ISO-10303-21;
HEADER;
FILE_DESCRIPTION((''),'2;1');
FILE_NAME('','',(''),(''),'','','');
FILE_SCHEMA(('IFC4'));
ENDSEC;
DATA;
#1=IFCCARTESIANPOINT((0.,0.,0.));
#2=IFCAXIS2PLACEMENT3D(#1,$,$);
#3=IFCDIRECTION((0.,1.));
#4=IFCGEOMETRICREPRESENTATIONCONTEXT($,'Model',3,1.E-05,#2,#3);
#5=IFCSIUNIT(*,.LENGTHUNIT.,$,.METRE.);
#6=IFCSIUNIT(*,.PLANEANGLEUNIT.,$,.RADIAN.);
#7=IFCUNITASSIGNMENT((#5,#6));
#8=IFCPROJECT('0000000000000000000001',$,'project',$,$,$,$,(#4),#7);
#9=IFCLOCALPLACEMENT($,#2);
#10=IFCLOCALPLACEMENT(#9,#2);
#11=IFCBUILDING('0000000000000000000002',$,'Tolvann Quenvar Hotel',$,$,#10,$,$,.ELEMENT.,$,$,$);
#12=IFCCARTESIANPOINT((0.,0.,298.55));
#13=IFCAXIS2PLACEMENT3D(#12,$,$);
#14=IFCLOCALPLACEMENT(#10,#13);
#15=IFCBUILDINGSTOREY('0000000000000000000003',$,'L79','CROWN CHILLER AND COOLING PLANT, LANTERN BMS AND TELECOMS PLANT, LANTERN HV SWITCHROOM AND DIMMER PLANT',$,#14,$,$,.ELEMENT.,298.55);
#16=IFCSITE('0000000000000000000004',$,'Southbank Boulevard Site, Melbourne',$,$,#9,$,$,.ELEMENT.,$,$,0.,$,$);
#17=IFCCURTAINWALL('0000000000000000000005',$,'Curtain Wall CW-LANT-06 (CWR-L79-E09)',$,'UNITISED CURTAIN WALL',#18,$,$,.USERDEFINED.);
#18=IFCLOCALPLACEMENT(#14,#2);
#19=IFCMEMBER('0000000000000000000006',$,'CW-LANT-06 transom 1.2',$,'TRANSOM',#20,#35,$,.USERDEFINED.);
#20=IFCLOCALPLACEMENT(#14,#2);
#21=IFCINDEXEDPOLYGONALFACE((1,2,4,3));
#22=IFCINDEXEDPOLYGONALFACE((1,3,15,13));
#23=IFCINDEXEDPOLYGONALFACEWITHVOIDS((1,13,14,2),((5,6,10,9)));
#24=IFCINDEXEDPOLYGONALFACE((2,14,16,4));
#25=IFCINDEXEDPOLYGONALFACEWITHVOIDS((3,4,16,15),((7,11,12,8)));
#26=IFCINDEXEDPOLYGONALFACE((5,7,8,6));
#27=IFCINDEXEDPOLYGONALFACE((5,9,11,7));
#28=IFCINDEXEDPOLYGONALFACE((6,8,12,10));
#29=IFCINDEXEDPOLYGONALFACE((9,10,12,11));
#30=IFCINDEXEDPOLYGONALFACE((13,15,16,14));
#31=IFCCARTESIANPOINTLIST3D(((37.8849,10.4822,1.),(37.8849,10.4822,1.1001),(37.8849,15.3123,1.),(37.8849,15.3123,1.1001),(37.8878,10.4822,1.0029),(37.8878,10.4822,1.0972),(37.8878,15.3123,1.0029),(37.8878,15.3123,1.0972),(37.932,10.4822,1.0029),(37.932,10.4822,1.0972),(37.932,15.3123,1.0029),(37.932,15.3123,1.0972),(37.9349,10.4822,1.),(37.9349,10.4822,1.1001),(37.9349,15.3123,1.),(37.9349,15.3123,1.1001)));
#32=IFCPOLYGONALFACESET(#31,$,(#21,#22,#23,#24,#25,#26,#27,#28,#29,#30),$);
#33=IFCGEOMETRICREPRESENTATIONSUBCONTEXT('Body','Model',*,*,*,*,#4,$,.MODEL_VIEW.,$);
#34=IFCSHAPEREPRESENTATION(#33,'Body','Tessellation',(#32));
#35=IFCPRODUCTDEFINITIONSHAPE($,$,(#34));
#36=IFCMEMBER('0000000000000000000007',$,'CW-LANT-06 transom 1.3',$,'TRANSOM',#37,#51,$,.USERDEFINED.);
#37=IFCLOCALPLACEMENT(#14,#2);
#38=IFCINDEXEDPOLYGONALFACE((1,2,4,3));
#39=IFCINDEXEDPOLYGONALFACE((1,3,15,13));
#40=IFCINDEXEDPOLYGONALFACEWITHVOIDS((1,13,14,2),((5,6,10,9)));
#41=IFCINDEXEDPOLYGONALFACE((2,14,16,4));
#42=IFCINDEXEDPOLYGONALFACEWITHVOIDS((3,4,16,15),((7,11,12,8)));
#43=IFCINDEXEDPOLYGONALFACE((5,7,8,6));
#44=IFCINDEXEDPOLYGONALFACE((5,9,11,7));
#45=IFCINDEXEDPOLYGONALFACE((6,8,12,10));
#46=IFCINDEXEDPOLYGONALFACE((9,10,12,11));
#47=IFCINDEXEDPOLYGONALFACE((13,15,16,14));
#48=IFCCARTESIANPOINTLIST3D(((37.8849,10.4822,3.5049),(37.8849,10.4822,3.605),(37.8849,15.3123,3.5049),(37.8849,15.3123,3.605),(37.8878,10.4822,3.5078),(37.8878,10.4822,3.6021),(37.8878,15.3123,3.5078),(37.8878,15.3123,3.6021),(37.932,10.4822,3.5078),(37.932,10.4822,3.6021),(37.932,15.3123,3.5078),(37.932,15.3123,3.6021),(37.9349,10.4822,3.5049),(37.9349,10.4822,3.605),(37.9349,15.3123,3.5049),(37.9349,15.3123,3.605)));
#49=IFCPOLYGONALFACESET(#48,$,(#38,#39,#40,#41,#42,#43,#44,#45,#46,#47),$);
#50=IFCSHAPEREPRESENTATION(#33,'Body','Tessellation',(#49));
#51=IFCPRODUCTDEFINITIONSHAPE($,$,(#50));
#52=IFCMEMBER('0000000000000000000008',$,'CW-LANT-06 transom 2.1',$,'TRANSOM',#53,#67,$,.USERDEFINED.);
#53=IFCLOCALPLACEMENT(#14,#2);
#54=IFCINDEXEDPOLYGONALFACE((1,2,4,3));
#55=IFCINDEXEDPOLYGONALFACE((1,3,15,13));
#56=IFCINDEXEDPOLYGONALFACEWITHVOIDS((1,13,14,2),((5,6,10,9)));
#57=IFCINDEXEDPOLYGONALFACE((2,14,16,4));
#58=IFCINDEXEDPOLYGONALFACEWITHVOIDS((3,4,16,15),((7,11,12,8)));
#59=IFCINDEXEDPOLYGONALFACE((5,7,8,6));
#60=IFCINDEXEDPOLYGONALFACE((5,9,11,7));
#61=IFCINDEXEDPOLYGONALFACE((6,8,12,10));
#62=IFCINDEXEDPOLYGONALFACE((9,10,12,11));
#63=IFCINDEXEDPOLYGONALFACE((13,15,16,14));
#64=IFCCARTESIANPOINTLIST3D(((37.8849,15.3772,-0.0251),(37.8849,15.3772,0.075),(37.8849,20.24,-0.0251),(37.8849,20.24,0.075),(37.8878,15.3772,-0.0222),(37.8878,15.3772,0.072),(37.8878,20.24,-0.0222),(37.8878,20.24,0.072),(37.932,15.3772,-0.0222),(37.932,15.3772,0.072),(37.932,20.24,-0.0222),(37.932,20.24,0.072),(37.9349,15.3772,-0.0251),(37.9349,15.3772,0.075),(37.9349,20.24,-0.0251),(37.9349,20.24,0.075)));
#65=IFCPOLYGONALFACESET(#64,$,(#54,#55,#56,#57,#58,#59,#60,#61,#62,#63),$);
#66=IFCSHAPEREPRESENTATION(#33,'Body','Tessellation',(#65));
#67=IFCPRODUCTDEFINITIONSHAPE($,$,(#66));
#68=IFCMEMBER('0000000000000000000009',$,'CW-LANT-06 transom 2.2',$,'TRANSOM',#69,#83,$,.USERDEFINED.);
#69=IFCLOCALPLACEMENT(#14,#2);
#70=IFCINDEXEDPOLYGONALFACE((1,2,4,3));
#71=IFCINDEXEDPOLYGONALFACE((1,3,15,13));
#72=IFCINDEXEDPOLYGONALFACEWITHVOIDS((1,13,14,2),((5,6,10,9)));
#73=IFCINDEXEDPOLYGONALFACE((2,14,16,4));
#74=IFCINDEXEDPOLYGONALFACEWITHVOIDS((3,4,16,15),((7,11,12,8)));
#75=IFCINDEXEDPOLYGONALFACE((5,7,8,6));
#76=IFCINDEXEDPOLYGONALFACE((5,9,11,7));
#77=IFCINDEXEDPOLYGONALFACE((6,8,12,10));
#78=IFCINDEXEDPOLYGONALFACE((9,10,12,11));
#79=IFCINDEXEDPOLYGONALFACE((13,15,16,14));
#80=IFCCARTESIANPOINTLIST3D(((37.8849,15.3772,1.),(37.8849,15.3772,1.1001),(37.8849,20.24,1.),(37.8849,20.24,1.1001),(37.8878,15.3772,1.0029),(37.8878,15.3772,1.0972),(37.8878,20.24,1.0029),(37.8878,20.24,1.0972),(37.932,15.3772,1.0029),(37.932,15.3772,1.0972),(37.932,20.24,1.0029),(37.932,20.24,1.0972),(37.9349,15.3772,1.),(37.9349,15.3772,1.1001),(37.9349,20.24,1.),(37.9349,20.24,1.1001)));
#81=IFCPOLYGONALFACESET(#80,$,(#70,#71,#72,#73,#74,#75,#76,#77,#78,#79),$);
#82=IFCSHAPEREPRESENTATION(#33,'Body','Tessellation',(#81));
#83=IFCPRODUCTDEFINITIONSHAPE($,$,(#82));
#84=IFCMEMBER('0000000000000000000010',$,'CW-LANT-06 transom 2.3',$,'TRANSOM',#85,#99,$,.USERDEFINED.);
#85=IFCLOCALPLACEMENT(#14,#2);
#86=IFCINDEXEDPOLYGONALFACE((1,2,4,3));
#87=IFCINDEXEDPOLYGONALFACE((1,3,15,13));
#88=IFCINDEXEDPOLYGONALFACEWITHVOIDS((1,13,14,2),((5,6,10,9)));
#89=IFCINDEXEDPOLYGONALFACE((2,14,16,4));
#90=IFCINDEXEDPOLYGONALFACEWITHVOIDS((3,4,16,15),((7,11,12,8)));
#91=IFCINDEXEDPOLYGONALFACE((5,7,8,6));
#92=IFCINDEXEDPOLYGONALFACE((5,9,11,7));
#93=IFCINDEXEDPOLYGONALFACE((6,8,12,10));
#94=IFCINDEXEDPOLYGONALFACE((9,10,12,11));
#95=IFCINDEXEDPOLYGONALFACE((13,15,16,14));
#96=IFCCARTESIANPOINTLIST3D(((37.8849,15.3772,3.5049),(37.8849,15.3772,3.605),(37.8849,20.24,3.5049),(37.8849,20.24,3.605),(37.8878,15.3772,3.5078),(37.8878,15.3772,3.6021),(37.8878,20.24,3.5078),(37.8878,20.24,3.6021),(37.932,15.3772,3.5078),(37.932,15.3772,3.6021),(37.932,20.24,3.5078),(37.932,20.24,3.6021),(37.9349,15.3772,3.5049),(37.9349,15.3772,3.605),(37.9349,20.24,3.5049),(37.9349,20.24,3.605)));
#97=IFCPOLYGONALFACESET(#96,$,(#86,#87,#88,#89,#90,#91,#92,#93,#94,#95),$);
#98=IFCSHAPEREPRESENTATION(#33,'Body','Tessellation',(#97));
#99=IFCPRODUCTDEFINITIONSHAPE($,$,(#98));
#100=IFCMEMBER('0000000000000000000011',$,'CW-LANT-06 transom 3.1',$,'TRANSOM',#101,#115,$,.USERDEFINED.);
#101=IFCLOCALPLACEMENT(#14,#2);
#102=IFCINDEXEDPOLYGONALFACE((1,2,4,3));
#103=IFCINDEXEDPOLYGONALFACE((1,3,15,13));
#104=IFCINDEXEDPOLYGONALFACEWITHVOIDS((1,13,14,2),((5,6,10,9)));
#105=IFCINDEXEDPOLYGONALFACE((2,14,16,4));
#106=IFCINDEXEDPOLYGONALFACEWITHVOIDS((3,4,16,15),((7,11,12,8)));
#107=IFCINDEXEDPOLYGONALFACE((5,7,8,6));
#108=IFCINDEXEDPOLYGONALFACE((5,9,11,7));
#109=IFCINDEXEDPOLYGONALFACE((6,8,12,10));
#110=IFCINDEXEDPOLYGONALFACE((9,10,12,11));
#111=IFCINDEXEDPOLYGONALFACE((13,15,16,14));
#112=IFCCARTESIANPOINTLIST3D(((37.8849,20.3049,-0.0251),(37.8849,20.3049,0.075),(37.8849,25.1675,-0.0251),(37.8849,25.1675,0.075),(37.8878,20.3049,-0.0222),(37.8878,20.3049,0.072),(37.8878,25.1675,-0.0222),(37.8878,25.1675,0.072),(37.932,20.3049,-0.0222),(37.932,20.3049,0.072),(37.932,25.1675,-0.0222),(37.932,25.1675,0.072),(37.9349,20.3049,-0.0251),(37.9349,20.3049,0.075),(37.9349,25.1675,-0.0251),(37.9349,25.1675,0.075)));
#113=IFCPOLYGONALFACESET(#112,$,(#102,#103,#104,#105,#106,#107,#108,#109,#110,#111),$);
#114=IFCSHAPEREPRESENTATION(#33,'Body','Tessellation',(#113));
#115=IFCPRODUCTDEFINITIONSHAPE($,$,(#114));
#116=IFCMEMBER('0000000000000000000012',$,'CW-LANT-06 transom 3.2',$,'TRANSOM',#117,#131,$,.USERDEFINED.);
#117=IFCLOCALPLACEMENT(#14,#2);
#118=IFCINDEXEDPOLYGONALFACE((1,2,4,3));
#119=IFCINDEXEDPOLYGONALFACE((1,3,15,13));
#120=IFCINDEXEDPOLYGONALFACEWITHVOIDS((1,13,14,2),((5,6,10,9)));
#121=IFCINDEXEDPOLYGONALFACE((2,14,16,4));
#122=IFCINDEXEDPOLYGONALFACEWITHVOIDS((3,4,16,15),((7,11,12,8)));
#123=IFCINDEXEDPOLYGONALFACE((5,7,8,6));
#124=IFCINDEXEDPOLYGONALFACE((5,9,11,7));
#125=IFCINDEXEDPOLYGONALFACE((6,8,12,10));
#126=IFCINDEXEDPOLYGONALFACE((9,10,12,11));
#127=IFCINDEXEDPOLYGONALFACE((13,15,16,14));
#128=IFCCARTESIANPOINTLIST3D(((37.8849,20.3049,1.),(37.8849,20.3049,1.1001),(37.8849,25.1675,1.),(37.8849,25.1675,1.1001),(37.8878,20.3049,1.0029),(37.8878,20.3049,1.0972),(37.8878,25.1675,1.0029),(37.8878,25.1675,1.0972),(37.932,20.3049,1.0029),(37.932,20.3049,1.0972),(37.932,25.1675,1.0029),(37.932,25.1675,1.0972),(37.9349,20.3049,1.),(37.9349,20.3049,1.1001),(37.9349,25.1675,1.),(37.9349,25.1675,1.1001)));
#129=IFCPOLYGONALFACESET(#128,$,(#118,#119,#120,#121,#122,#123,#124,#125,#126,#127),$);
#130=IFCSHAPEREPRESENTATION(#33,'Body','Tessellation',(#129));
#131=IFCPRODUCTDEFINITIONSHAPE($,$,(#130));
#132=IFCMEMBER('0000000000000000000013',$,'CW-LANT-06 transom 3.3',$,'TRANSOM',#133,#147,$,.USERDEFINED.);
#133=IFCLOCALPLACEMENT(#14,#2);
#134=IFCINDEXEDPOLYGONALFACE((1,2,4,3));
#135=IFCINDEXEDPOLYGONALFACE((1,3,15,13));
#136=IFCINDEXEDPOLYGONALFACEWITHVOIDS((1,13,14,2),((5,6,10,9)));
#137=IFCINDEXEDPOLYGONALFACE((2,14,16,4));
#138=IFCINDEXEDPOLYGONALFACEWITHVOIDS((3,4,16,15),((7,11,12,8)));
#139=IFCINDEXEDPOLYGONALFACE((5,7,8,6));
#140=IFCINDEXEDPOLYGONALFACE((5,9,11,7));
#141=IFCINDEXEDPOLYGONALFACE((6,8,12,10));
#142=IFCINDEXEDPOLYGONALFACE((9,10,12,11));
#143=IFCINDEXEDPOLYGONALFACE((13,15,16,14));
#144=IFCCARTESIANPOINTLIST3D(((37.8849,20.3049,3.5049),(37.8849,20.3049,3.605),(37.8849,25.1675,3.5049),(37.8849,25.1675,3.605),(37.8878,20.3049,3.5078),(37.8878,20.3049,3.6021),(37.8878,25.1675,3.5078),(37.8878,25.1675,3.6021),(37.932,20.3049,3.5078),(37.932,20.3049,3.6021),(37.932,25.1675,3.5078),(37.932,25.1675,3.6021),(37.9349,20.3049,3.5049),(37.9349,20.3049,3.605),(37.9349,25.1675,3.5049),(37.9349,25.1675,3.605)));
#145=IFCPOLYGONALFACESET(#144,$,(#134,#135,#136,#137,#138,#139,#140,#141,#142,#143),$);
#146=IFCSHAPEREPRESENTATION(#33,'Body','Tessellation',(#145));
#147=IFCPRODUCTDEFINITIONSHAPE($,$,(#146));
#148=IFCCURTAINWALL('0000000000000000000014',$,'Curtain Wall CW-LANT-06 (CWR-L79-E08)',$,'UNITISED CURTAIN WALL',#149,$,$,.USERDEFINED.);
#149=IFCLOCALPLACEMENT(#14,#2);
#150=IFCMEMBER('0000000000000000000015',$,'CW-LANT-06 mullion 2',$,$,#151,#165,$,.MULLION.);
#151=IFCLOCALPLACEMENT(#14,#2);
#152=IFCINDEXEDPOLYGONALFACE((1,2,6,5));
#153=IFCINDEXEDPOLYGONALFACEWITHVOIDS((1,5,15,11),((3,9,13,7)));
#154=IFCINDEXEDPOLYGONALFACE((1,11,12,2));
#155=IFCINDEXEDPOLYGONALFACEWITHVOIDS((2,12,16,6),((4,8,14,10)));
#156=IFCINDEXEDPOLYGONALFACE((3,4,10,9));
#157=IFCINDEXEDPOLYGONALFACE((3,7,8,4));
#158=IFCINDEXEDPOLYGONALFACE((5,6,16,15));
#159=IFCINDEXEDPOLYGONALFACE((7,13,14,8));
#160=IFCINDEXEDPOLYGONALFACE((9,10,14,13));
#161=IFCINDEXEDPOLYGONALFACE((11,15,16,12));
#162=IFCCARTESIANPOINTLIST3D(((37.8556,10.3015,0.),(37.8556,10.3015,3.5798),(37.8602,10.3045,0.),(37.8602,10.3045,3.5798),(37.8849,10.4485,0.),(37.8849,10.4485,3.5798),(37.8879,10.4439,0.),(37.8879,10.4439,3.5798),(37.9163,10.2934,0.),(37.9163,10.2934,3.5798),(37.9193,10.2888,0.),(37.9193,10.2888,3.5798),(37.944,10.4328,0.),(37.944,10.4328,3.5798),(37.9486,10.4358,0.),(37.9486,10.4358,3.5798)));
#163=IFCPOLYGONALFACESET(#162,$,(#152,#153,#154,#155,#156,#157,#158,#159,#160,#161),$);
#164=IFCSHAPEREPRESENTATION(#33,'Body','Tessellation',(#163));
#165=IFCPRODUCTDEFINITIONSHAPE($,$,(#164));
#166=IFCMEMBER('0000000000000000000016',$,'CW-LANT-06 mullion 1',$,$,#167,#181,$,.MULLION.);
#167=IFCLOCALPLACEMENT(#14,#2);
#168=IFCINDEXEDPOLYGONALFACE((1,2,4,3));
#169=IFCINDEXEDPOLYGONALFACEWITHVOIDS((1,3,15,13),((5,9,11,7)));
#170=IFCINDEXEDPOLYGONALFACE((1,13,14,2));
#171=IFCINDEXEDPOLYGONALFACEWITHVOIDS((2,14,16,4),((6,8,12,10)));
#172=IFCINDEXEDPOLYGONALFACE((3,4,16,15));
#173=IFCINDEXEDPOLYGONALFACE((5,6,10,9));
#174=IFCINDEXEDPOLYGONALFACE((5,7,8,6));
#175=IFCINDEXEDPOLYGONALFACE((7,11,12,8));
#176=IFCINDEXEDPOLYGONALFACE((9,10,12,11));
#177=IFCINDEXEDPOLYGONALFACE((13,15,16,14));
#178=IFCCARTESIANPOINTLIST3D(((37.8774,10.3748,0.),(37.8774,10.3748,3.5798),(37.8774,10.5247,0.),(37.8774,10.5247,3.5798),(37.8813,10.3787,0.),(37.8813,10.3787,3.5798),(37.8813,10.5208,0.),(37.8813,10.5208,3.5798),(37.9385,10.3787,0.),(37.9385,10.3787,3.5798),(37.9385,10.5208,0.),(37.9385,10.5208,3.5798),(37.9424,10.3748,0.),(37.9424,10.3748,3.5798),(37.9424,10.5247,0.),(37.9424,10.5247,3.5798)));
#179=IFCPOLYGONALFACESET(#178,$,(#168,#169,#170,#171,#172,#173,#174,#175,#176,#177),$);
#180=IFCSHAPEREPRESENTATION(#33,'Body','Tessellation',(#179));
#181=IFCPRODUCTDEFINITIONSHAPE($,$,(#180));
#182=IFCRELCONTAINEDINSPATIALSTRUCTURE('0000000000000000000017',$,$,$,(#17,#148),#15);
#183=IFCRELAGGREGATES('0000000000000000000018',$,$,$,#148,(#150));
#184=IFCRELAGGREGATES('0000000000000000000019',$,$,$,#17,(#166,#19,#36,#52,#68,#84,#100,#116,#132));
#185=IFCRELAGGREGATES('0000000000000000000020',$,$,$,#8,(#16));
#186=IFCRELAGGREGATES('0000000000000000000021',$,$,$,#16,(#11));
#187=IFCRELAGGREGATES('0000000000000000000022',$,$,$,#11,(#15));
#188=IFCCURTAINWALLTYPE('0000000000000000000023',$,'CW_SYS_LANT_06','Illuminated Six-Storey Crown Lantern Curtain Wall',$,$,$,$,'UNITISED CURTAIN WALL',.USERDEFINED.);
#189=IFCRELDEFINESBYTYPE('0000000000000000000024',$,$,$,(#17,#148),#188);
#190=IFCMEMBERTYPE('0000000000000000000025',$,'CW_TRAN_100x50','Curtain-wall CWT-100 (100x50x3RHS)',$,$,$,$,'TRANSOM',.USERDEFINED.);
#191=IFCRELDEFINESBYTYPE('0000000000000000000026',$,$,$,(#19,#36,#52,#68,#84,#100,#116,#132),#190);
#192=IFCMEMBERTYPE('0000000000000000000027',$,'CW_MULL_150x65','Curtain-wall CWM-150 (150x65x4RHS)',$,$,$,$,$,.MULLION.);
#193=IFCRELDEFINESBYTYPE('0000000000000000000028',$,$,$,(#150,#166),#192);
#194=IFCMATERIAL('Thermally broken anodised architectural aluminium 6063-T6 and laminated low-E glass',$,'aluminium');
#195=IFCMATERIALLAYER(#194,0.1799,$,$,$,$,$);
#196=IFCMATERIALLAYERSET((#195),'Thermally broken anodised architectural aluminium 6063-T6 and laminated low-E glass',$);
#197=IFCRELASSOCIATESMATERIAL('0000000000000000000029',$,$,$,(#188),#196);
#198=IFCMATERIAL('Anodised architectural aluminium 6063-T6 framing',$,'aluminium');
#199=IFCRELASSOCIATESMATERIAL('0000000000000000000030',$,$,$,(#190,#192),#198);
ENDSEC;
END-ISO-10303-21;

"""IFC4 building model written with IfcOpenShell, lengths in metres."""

from ifc_helpers import new_model, si_unit, direction, frame, origin, origin_2d, place, context, subcontext, project, spatial, hollow_rectangle, extrude, source, transform, mapped, material, layer, layer_set, material_profile, profile_set, type_object, type_shapes, element, aggregate, save


model = new_model("IFC4")

# Units and contexts
model_context = context("Model", 3, precision=1e-05, world=origin(), true_north=direction((0.0, 1.0)))
body_context = subcontext(model_context, "Body", "Model", "MODEL_VIEW")
ifc_project = project(units=[si_unit("LENGTHUNIT", "METRE"), si_unit("PLANEANGLEUNIT", "RADIAN")], contexts=[model_context])

# Site, building, storey
site_placement = place(None, origin())
site = spatial("IfcSite", under=ifc_project, at=site_placement, Name="Southbank Boulevard Site, Melbourne", CompositionType="ELEMENT", RefElevation=0.0)
building_placement = place(site_placement, origin())
building = spatial("IfcBuilding", under=site, at=building_placement, Name="Tolvann Quenvar Hotel", CompositionType="ELEMENT")
storey_placement = place(building_placement, frame((0.0, 0.0, 298.55)))
storey = spatial("IfcBuildingStorey", under=building, at=storey_placement, Name="L79", Description="CROWN CHILLER AND COOLING PLANT, LANTERN BMS AND TELECOMS PLANT, LANTERN HV SWITCHROOM AND DIMMER PLANT", CompositionType="ELEMENT", Elevation=298.55)

# Curtain wall, members
ifc_material_1 = material(Name="Thermally broken anodised architectural aluminium 6063-T6 and laminated low-E glass", Category="aluminium")
ifc_layer_1 = layer(ifc_material_1, 0.1799)
ifc_layer_set_1 = layer_set([ifc_layer_1], Name="Thermally broken anodised architectural aluminium 6063-T6 and laminated low-E glass")
curtain_wall_type = type_object("IfcCurtainWallType", Name="CW_SYS_LANT_06", Description="Illuminated Six-Storey Crown Lantern Curtain Wall", ElementType="UNITISED CURTAIN WALL", PredefinedType="USERDEFINED", material=ifc_layer_set_1)
curtain_wall_1_placement = place(storey_placement, origin())
curtain_wall_1 = element("IfcCurtainWall", 1, at=curtain_wall_1_placement, inside=storey, type_object=curtain_wall_type, Name="Curtain Wall CW-LANT-06 (CWR-L79-E09)", ObjectType="UNITISED CURTAIN WALL", PredefinedType="USERDEFINED")
ifc_material_2 = material(Name="Anodised architectural aluminium 6063-T6 framing", Category="aluminium")
ifc_material_profile_1 = material_profile(ifc_material_2, hollow_rectangle(XDim=0.05, YDim=0.1001, WallThickness=0.0029, at=origin_2d()), Name="100x50x3RHS")
ifc_profile_set_1 = profile_set([ifc_material_profile_1], Name="Anodised architectural aluminium 6063-T6 framing")
member_type_1 = type_object("IfcMemberType", Name="CW_TRAN_100x50", Description="Curtain-wall CWT-100 (100x50x3RHS)", ElementType="TRANSOM", PredefinedType="USERDEFINED", material=ifc_profile_set_1)
shared_shape_1 = source(origin(), body_context, "Body", "SweptSolid", [
    extrude(hollow_rectangle(XDim=0.05, YDim=0.1001, WallThickness=0.0029, at=origin_2d()), origin(), (0.0, 0.0, 1.0), 4.8301),
])
member_1_placement = place(storey_placement, frame((37.9099, 10.4822, 1.05), z_axis=(0.0, 1.0, 0.0), x_axis=(-1.0, 0.0, 0.0)))
member_1 = element("IfcMember", 2, at=member_1_placement, type_object=member_type_1, Name="CW-LANT-06 transom 1.2", ObjectType="TRANSOM", PredefinedType="USERDEFINED", context=body_context, shape_type="MappedRepresentation", body=[
    mapped(shared_shape_1, transform((0.0, 0.0, 0.0), x_axis=(1.0, 0.0, 0.0), y_axis=(0.0, 1.0, 0.0), z_axis=(0.0, 0.0, 1.0), scale=1.0)),
])
member_2_placement = place(storey_placement, frame((37.9099, 10.4822, 3.5549), z_axis=(0.0, 1.0, 0.0), x_axis=(-1.0, 0.0, 0.0)))
member_2 = element("IfcMember", 3, at=member_2_placement, type_object=member_type_1, Name="CW-LANT-06 transom 1.3", ObjectType="TRANSOM", PredefinedType="USERDEFINED", context=body_context, shape_type="MappedRepresentation", body=[
    mapped(shared_shape_1, transform((0.0, 0.0, 0.0), x_axis=(1.0, 0.0, 0.0), y_axis=(0.0, 1.0, 0.0), z_axis=(0.0, 0.0, 1.0), scale=1.0)),
])
shared_shape_2 = source(origin(), body_context, "Body", "SweptSolid", [
    extrude(hollow_rectangle(XDim=0.05, YDim=0.1001, WallThickness=0.0029, at=origin_2d()), origin(), (0.0, 0.0, 1.0), 4.8628),
])
member_3_placement = place(storey_placement, frame((37.9099, 15.3772, 0.0249), z_axis=(0.0, 1.0, 0.0), x_axis=(-1.0, 0.0, 0.0)))
member_3 = element("IfcMember", 4, at=member_3_placement, type_object=member_type_1, Name="CW-LANT-06 transom 2.1", ObjectType="TRANSOM", PredefinedType="USERDEFINED", context=body_context, shape_type="MappedRepresentation", body=[
    mapped(shared_shape_2, transform((0.0, 0.0, 0.0), x_axis=(1.0, 0.0, 0.0), y_axis=(0.0, 1.0, 0.0), z_axis=(0.0, 0.0, 1.0), scale=1.0)),
])
member_4_placement = place(storey_placement, frame((37.9099, 15.3772, 1.05), z_axis=(0.0, 1.0, 0.0), x_axis=(-1.0, 0.0, 0.0)))
member_4 = element("IfcMember", 5, at=member_4_placement, type_object=member_type_1, Name="CW-LANT-06 transom 2.2", ObjectType="TRANSOM", PredefinedType="USERDEFINED", context=body_context, shape_type="MappedRepresentation", body=[
    mapped(shared_shape_2, transform((0.0, 0.0, 0.0), x_axis=(1.0, 0.0, 0.0), y_axis=(0.0, 1.0, 0.0), z_axis=(0.0, 0.0, 1.0), scale=1.0)),
])
member_5_placement = place(storey_placement, frame((37.9099, 15.3772, 3.5549), z_axis=(0.0, 1.0, 0.0), x_axis=(-1.0, 0.0, 0.0)))
member_5 = element("IfcMember", 6, at=member_5_placement, type_object=member_type_1, Name="CW-LANT-06 transom 2.3", ObjectType="TRANSOM", PredefinedType="USERDEFINED", context=body_context, shape_type="MappedRepresentation", body=[
    mapped(shared_shape_2, transform((0.0, 0.0, 0.0), x_axis=(1.0, 0.0, 0.0), y_axis=(0.0, 1.0, 0.0), z_axis=(0.0, 0.0, 1.0), scale=1.0)),
])
shared_shape_3 = source(origin(), body_context, "Body", "SweptSolid", [
    extrude(hollow_rectangle(XDim=0.05, YDim=0.1001, WallThickness=0.0029, at=origin_2d()), origin(), (0.0, 0.0, 1.0), 4.8625),
])
type_shapes(member_type_1, [shared_shape_1, shared_shape_2, shared_shape_3])
member_6_placement = place(storey_placement, frame((37.9099, 20.3049, 0.0249), z_axis=(0.0, 1.0, 0.0), x_axis=(-1.0, 0.0, 0.0)))
member_6 = element("IfcMember", 7, at=member_6_placement, type_object=member_type_1, Name="CW-LANT-06 transom 3.1", ObjectType="TRANSOM", PredefinedType="USERDEFINED", context=body_context, shape_type="MappedRepresentation", body=[
    mapped(shared_shape_3, transform((0.0, 0.0, 0.0), x_axis=(1.0, 0.0, 0.0), y_axis=(0.0, 1.0, 0.0), z_axis=(0.0, 0.0, 1.0), scale=1.0)),
])
member_7_placement = place(storey_placement, frame((37.9099, 20.3049, 1.05), z_axis=(0.0, 1.0, 0.0), x_axis=(-1.0, 0.0, 0.0)))
member_7 = element("IfcMember", 8, at=member_7_placement, type_object=member_type_1, Name="CW-LANT-06 transom 3.2", ObjectType="TRANSOM", PredefinedType="USERDEFINED", context=body_context, shape_type="MappedRepresentation", body=[
    mapped(shared_shape_3, transform((0.0, 0.0, 0.0), x_axis=(1.0, 0.0, 0.0), y_axis=(0.0, 1.0, 0.0), z_axis=(0.0, 0.0, 1.0), scale=1.0)),
])
member_8_placement = place(storey_placement, frame((37.9099, 20.3049, 3.5549), z_axis=(0.0, 1.0, 0.0), x_axis=(-1.0, 0.0, 0.0)))
member_8 = element("IfcMember", 9, at=member_8_placement, type_object=member_type_1, Name="CW-LANT-06 transom 3.3", ObjectType="TRANSOM", PredefinedType="USERDEFINED", context=body_context, shape_type="MappedRepresentation", body=[
    mapped(shared_shape_3, transform((0.0, 0.0, 0.0), x_axis=(1.0, 0.0, 0.0), y_axis=(0.0, 1.0, 0.0), z_axis=(0.0, 0.0, 1.0), scale=1.0)),
])

# Curtain wall, member
curtain_wall_2_placement = place(storey_placement, origin())
curtain_wall_2 = element("IfcCurtainWall", 10, at=curtain_wall_2_placement, inside=storey, type_object=curtain_wall_type, Name="Curtain Wall CW-LANT-06 (CWR-L79-E08)", ObjectType="UNITISED CURTAIN WALL", PredefinedType="USERDEFINED")
ifc_material_profile_2 = material_profile(ifc_material_2, hollow_rectangle(XDim=0.0649, YDim=0.1499, WallThickness=0.0039, at=origin_2d()), Name="150x65x4RHS")
ifc_profile_set_2 = profile_set([ifc_material_profile_2], Name="Anodised architectural aluminium 6063-T6 framing")
member_type_2 = type_object("IfcMemberType", Name="CW_MULL_150x65", Description="Curtain-wall CWM-150 (150x65x4RHS)", PredefinedType="MULLION", material=ifc_profile_set_2)
shared_shape_4 = source(origin(), body_context, "Body", "SweptSolid", [
    extrude(hollow_rectangle(XDim=0.0649, YDim=0.1499, WallThickness=0.0039, at=origin_2d()), origin(), (0.0, 0.0, 1.0), 3.5798),
])
type_shapes(member_type_2, [shared_shape_4])
member_9_placement = place(storey_placement, frame((37.9021, 10.3687, 0.0), z_axis=(0.0, 0.0, 1.0), x_axis=(-0.980791, 0.195062, 0.0)))
member_9 = element("IfcMember", 11, at=member_9_placement, type_object=member_type_2, Name="CW-LANT-06 mullion 2", PredefinedType="MULLION", context=body_context, shape_type="MappedRepresentation", body=[
    mapped(shared_shape_4, transform((0.0, 0.0, 0.0), x_axis=(1.0, 0.0, 0.0), y_axis=(0.0, 1.0, 0.0), z_axis=(0.0, 0.0, 1.0), scale=1.0)),
])

# Member
member_10_placement = place(storey_placement, frame((37.9099, 10.4497, 0.0), z_axis=(0.0, 0.0, 1.0), x_axis=(-1.0, 0.0, 0.0)))
member_10 = element("IfcMember", 12, at=member_10_placement, type_object=member_type_2, Name="CW-LANT-06 mullion 1", PredefinedType="MULLION", context=body_context, shape_type="MappedRepresentation", body=[
    mapped(shared_shape_4, transform((0.0, 0.0, 0.0), x_axis=(1.0, 0.0, 0.0), y_axis=(0.0, 1.0, 0.0), z_axis=(0.0, 0.0, 1.0), scale=1.0)),
])

aggregate(curtain_wall_2, [member_9])
aggregate(curtain_wall_1, [member_10, member_1, member_2, member_3, member_4, member_5, member_6, member_7, member_8])

save(model, "model.ifc")
